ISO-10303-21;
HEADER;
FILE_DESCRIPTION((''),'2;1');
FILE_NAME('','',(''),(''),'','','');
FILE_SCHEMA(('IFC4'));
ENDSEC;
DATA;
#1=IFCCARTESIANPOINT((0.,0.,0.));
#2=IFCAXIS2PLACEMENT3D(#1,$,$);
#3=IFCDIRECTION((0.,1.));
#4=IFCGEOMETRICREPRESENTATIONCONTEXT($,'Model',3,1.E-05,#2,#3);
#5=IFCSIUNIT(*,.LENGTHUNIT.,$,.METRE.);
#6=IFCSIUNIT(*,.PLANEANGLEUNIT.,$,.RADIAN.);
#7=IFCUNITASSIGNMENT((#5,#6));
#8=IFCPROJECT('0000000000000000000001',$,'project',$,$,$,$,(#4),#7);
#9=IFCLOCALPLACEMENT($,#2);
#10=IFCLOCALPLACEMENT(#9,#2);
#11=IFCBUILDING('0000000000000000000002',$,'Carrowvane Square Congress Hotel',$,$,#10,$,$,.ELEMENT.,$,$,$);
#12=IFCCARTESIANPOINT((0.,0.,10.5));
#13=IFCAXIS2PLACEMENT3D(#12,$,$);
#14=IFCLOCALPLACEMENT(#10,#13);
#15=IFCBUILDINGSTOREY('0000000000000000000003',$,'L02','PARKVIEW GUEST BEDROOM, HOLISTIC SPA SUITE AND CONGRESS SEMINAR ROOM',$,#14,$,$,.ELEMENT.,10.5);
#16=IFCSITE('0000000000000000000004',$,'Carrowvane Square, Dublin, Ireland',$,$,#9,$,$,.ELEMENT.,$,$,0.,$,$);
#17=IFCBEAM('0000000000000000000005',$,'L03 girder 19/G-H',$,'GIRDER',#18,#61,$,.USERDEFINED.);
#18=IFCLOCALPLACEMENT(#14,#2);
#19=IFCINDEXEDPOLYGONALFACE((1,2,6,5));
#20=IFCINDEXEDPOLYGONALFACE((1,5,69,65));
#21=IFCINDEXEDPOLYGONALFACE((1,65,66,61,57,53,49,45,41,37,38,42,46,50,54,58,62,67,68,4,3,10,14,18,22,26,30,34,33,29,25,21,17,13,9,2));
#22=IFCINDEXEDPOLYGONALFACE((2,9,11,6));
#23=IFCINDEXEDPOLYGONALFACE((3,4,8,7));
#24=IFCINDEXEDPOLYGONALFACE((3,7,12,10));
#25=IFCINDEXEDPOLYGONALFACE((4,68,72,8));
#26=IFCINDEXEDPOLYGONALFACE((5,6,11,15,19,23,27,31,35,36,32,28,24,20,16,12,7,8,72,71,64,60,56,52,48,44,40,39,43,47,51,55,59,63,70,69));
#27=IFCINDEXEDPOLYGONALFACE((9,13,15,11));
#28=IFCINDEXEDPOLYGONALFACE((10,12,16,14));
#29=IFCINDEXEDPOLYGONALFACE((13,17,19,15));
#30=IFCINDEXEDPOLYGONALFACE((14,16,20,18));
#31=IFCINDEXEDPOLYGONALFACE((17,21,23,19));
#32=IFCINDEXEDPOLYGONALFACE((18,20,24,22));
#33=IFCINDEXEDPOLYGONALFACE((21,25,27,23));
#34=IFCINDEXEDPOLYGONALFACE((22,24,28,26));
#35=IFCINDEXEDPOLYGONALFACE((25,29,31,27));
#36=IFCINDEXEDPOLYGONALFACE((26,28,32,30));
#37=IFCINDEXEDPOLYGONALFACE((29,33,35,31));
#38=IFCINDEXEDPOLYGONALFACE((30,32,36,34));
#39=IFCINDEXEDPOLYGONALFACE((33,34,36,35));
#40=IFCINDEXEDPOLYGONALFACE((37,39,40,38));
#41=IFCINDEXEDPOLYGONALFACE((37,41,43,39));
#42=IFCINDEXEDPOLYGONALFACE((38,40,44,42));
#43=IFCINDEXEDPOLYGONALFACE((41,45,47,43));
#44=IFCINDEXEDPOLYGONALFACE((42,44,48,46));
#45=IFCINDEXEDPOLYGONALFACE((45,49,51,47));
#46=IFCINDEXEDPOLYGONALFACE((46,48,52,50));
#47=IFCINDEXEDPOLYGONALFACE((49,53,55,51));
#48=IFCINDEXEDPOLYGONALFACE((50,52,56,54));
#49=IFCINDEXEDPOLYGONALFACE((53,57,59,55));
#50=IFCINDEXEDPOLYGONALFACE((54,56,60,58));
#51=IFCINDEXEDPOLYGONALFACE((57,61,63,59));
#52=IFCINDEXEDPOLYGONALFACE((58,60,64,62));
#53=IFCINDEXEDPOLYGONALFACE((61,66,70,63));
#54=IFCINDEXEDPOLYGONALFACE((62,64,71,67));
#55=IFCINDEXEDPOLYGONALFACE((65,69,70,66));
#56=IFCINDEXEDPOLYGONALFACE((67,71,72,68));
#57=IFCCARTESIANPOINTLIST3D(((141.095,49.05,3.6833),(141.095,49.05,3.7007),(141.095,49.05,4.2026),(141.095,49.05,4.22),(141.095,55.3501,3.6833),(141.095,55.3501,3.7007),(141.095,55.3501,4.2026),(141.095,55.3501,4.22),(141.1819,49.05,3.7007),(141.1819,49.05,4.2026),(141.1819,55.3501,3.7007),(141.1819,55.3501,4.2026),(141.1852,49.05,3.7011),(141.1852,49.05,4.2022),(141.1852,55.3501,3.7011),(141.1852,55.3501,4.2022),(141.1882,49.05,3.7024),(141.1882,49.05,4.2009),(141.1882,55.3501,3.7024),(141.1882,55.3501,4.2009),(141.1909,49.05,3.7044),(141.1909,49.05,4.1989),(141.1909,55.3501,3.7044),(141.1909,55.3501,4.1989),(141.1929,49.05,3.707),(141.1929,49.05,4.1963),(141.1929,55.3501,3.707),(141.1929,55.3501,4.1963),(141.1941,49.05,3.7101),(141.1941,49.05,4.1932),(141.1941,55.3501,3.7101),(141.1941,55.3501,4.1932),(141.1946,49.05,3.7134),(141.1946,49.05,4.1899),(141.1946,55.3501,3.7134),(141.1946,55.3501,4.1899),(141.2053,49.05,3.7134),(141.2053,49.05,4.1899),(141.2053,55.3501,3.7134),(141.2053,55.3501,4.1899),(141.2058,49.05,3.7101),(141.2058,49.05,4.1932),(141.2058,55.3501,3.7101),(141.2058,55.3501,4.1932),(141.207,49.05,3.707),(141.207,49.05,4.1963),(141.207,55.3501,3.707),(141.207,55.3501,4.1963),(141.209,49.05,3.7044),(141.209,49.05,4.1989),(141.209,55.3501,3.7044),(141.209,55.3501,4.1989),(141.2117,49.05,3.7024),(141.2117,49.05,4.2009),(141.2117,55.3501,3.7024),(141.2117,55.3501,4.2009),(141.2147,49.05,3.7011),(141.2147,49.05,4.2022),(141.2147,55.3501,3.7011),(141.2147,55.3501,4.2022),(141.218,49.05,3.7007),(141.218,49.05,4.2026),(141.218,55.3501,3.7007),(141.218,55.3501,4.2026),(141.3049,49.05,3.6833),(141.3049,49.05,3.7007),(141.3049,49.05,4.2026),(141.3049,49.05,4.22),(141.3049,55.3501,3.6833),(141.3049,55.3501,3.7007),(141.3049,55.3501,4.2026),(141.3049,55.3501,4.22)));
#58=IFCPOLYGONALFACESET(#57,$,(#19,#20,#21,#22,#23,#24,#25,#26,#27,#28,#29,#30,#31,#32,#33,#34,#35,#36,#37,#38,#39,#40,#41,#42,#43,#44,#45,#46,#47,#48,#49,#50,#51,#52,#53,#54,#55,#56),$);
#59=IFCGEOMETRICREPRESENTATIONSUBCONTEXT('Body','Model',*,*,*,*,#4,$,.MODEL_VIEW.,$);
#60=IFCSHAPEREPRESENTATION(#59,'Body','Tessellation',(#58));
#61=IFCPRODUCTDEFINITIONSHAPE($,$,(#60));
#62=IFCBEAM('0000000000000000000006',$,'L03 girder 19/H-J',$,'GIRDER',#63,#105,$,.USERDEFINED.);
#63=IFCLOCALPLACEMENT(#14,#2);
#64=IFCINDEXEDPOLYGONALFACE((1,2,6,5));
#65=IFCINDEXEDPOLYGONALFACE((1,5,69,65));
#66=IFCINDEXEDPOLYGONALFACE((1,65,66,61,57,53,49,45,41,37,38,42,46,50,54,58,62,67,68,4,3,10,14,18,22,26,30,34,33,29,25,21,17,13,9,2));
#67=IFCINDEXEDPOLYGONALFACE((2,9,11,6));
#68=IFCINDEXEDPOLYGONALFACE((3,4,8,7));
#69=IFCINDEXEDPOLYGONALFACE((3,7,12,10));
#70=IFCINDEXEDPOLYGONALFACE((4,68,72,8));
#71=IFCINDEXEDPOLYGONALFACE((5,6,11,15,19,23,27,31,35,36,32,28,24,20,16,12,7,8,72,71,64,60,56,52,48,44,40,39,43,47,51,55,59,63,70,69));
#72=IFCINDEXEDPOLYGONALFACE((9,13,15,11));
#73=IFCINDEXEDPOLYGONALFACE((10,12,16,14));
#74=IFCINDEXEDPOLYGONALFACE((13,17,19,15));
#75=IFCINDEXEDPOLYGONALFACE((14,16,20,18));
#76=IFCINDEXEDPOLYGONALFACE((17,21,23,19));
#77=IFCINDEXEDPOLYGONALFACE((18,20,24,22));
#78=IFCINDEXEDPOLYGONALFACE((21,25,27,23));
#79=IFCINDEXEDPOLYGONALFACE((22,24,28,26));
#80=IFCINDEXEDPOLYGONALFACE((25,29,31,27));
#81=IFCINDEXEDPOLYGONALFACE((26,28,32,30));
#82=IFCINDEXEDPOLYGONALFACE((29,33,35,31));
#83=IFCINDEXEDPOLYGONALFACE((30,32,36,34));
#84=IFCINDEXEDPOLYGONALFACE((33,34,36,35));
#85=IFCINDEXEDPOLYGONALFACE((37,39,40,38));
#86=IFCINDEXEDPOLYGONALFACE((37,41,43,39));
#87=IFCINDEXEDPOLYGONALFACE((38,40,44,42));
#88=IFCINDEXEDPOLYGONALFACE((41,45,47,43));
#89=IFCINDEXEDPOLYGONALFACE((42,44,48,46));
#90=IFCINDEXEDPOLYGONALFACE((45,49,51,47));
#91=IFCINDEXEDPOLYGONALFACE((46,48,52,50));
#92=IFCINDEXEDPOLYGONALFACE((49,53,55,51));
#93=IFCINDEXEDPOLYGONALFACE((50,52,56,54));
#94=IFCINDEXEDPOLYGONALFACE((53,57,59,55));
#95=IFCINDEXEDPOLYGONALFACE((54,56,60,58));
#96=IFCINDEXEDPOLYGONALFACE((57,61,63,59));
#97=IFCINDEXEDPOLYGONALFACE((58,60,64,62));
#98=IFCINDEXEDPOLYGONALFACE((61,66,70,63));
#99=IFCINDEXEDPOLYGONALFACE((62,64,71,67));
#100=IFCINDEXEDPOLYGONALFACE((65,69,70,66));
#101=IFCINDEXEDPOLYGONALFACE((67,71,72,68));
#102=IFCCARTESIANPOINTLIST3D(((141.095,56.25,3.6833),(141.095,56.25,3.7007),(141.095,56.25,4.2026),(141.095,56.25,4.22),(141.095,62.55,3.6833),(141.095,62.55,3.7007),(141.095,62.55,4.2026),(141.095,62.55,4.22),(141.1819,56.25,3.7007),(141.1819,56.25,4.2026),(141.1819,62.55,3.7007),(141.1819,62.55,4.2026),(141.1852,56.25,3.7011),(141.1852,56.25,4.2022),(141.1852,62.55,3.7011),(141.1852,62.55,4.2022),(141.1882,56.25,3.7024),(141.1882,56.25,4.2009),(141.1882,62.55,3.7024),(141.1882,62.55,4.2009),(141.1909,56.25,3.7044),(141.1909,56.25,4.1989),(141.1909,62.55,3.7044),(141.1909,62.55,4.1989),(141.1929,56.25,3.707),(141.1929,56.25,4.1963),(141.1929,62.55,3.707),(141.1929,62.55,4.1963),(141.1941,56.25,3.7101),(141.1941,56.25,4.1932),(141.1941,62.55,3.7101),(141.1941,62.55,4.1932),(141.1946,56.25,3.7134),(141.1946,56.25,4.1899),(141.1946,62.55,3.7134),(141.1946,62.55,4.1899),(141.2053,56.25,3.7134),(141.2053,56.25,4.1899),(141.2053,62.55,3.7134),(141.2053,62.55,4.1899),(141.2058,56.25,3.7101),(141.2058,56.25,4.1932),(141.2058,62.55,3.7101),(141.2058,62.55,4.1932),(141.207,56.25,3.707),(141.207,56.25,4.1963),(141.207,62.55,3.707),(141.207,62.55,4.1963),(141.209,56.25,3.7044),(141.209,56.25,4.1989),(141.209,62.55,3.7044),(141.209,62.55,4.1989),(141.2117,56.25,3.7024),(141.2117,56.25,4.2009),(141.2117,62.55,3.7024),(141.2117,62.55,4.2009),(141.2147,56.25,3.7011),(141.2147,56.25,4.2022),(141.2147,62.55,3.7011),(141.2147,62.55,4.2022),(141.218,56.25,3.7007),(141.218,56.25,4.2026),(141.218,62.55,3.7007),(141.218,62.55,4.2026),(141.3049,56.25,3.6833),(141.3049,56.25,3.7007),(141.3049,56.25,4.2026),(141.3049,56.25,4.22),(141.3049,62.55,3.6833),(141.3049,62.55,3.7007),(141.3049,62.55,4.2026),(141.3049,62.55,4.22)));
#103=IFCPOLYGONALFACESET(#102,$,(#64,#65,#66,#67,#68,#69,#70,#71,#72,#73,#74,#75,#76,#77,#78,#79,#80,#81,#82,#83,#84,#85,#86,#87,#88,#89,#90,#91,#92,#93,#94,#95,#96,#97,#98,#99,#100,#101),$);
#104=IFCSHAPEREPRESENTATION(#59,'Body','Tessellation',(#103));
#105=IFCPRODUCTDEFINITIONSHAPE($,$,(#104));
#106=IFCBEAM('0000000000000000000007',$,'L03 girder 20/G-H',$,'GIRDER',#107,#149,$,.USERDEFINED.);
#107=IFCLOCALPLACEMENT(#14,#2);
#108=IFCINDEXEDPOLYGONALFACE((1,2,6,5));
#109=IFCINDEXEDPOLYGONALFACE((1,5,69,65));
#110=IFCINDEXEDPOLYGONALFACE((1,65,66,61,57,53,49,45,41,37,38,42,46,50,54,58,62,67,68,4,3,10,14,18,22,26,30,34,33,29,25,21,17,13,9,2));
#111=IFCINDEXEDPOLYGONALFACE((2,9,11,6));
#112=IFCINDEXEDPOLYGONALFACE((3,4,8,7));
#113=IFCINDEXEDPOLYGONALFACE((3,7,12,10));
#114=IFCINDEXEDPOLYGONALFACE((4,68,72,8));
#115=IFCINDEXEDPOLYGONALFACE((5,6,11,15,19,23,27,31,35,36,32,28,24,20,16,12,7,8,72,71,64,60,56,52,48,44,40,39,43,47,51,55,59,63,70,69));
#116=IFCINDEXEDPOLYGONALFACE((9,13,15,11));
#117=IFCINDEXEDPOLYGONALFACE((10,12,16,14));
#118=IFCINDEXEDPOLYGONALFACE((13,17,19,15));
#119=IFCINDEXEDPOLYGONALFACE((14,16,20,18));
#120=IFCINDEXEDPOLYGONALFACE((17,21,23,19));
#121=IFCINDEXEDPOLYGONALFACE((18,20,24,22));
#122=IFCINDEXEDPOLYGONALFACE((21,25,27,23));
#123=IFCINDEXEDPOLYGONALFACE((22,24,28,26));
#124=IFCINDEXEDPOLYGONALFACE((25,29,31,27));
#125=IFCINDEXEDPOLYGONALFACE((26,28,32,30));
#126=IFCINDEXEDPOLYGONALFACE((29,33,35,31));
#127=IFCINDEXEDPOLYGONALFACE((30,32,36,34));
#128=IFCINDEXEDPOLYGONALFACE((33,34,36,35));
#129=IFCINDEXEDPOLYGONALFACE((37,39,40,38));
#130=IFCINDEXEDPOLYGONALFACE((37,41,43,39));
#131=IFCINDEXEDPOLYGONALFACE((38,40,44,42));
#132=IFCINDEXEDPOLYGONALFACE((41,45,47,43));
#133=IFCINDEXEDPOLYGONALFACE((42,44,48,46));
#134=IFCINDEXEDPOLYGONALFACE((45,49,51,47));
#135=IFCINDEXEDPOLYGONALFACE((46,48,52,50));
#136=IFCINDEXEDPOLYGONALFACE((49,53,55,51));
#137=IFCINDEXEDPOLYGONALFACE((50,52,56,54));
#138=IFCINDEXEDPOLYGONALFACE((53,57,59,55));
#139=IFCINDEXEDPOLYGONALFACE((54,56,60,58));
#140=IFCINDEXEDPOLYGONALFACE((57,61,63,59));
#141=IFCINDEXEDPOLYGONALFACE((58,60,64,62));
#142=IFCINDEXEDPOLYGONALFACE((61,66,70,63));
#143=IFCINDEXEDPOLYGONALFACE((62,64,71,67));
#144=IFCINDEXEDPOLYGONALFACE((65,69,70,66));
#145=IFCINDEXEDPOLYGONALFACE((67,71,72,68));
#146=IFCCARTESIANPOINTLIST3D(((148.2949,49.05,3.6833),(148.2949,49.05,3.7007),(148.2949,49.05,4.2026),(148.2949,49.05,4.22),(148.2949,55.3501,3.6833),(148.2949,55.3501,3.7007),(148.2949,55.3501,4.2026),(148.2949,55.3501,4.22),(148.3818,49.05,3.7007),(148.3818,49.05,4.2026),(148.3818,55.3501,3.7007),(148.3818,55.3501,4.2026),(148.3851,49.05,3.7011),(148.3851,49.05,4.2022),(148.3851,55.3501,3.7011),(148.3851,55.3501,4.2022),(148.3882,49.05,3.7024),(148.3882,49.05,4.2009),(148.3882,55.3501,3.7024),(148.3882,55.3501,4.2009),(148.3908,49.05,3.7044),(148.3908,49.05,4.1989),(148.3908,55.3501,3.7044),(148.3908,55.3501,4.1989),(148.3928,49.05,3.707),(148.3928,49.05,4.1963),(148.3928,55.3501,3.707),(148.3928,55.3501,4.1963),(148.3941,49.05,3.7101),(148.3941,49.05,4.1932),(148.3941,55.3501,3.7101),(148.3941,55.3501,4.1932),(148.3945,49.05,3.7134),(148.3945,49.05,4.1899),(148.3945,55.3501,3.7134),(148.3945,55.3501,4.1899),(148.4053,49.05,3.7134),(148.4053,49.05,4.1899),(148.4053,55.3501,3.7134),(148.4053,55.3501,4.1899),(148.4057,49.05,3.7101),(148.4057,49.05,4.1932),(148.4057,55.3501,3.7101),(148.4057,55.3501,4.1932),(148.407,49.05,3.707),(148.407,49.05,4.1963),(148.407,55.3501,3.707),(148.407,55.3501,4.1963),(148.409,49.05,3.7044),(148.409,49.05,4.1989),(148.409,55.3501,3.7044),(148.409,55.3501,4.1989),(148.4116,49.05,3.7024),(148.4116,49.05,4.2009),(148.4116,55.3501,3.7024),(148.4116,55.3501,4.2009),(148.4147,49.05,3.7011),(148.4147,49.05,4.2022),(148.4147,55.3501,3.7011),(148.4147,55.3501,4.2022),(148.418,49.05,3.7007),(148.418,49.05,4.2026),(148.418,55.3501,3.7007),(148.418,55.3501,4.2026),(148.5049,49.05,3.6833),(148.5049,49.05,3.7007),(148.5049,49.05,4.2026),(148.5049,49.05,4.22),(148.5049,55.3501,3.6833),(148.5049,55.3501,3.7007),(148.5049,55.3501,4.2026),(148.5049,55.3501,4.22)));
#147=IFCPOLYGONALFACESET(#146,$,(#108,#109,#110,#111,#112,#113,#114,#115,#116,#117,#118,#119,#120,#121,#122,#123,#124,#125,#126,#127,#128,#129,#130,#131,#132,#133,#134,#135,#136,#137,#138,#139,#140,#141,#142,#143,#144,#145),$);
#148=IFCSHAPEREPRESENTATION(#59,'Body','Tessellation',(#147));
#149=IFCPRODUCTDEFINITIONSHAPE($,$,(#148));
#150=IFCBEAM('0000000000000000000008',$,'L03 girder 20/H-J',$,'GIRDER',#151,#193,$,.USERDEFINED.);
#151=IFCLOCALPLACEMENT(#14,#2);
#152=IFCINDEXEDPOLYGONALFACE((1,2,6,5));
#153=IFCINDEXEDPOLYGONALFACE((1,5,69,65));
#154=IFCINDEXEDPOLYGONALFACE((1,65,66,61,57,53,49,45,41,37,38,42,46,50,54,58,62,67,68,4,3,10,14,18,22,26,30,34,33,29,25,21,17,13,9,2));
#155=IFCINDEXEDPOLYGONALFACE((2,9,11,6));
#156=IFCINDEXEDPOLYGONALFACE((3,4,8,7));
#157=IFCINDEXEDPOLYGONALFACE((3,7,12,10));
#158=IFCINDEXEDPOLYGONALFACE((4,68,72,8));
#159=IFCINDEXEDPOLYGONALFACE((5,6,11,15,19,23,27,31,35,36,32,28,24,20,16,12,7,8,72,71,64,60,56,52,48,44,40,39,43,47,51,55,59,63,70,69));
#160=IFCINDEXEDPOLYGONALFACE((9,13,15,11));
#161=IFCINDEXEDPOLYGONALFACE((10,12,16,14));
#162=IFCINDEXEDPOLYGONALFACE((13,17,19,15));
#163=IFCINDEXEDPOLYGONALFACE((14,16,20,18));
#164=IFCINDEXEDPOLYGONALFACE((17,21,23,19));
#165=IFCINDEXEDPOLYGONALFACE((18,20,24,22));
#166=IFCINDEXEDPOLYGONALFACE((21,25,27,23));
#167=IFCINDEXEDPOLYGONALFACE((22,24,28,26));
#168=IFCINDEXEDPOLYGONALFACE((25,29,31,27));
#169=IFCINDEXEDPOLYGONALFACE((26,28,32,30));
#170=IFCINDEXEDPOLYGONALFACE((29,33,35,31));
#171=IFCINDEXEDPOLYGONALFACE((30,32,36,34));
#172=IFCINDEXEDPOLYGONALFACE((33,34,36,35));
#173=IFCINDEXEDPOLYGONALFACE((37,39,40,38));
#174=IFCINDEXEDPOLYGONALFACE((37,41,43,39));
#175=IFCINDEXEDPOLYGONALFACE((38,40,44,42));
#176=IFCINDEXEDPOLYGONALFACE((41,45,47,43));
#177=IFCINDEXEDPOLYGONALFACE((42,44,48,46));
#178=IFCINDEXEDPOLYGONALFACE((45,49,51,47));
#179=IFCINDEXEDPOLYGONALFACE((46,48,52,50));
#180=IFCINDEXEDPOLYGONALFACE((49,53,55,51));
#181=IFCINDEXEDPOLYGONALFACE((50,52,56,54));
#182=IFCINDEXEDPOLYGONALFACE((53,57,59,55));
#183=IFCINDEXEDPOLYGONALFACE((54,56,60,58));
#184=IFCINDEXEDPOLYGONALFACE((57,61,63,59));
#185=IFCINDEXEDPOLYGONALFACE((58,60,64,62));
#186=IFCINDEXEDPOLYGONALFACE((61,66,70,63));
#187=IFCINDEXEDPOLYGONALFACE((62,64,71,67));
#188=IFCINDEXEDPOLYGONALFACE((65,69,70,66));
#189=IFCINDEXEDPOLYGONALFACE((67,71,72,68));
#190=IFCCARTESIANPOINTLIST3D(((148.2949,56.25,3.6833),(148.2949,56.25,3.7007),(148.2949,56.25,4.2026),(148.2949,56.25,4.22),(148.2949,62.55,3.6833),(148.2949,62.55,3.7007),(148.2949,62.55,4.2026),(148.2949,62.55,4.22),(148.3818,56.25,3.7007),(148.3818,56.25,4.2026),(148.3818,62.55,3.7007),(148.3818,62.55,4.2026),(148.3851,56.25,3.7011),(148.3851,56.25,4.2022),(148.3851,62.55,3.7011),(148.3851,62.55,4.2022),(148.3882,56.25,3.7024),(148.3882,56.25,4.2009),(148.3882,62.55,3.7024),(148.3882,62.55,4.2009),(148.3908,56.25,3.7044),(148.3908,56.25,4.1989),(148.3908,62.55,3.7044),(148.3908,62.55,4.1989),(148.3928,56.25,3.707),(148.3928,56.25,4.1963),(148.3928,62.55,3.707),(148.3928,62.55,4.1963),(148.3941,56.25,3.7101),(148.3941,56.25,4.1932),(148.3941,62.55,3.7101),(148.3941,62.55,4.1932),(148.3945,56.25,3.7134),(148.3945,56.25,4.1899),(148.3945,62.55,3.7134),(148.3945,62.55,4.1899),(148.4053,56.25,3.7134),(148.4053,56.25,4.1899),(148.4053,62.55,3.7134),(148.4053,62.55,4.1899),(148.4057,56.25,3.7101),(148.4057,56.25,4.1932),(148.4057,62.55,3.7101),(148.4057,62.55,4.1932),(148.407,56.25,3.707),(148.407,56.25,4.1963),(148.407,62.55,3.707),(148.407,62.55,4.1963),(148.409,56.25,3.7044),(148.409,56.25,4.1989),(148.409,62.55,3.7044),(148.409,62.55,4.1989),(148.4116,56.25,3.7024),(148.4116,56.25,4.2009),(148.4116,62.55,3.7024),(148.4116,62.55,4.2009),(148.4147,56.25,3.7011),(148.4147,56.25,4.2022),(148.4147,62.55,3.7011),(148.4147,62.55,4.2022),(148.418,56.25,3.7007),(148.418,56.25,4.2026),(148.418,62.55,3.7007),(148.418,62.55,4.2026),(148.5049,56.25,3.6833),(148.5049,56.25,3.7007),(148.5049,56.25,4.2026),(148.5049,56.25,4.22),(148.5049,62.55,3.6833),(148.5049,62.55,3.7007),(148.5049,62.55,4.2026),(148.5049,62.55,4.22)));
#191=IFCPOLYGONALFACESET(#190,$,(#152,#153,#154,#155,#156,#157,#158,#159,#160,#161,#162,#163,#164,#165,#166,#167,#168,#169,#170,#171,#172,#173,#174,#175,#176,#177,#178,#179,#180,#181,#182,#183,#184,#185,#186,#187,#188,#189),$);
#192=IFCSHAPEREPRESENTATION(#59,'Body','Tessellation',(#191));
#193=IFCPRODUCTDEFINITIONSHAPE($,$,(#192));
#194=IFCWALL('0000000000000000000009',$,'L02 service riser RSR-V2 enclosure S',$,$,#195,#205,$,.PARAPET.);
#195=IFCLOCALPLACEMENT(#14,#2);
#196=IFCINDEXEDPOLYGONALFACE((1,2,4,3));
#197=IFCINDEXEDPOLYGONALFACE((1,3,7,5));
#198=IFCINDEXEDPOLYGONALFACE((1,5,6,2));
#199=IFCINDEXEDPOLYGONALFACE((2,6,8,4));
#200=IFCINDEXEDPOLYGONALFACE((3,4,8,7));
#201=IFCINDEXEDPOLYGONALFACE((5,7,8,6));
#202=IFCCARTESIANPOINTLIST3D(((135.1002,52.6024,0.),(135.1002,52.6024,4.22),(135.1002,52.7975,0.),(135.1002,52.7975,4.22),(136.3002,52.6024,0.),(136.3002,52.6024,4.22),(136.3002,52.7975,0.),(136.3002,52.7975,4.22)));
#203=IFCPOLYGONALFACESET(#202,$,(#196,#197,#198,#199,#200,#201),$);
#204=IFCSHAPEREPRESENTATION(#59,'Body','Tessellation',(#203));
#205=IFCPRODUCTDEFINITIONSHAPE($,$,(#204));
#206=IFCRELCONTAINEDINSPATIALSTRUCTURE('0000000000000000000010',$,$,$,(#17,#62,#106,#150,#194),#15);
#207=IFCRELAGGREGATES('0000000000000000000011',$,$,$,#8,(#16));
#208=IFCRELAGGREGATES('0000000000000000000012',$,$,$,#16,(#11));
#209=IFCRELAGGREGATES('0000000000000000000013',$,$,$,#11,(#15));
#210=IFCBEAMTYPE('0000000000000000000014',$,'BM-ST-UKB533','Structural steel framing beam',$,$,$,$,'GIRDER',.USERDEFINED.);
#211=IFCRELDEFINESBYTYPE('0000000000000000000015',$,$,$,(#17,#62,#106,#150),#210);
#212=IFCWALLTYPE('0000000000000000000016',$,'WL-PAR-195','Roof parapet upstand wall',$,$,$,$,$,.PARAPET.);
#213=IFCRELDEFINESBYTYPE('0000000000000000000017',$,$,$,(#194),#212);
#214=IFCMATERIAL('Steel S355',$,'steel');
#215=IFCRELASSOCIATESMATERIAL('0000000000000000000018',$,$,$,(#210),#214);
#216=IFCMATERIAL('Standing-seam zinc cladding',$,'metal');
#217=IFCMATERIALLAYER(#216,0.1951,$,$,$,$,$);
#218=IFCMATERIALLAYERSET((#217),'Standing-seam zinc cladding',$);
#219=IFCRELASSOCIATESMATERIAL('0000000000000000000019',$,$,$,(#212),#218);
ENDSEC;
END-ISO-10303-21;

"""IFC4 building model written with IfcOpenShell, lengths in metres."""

from ifc_helpers import new_model, si_unit, direction, frame, frame_2d, origin, origin_2d, place, context, subcontext, project, spatial, rectangle, i_section, extrude, material, layer, layer_set, material_profile, profile_set, type_object, element, save


model = new_model("IFC4")

# Units and contexts
model_context = context("Model", 3, precision=1e-05, world=origin(), true_north=direction((0.0, 1.0)))
body_context = subcontext(model_context, "Body", "Model", "MODEL_VIEW")
ifc_project = project(units=[si_unit("LENGTHUNIT", "METRE"), si_unit("PLANEANGLEUNIT", "RADIAN")], contexts=[model_context])

# Site, building, storey
site_placement = place(None, origin())
site = spatial("IfcSite", under=ifc_project, at=site_placement, Name="Carrowvane Square, Dublin, Ireland", CompositionType="ELEMENT", RefElevation=0.0)
building_placement = place(site_placement, origin())
building = spatial("IfcBuilding", under=site, at=building_placement, Name="Carrowvane Square Congress Hotel", CompositionType="ELEMENT")
storey_placement = place(building_placement, frame((0.0, 0.0, 10.5)))
storey = spatial("IfcBuildingStorey", under=building, at=storey_placement, Name="L02", Description="PARKVIEW GUEST BEDROOM, HOLISTIC SPA SUITE AND CONGRESS SEMINAR ROOM", CompositionType="ELEMENT", Elevation=10.5)

# Beams
ifc_material_1 = material(Name="Steel S355", Category="steel")
ifc_material_profile_1 = material_profile(ifc_material_1, i_section(OverallWidth=0.21, OverallDepth=0.5366, WebThickness=0.0107, FlangeThickness=0.0173, FilletRadius=0.0127, at=origin_2d()), Name="UKB 533x210x101")
ifc_profile_set_1 = profile_set([ifc_material_profile_1], Name="Steel S355")
beam_type_1 = type_object("IfcBeamType", Name="BM-ST-UKB533", Description="Structural steel framing beam", ElementType="GIRDER", PredefinedType="USERDEFINED", material=ifc_profile_set_1)
for number, where, z_axis, x_axis, name in (
    (1, (141.2, 49.05, 3.9517), (0.0, 1.0, 0.0), (-1.0, 0.0, 0.0), "L03 girder 19/G-H"),
    (2, (141.2, 56.25, 3.9517), (0.0, 1.0, 0.0), (-1.0, 0.0, 0.0), "L03 girder 19/H-J"),
    (3, (148.3999, 49.05, 3.9517), (0.0, 1.0, 0.0), (-1.0, 0.0, 0.0), "L03 girder 20/G-H"),
    (4, (148.3999, 56.25, 3.9517), (0.0, 1.0, 0.0), (-1.0, 0.0, 0.0), "L03 girder 20/H-J"),
):
    element("IfcBeam", number, at=place(storey_placement, frame(where, z_axis=z_axis, x_axis=x_axis)), inside=storey, type_object=beam_type_1, Name=name, ObjectType="GIRDER", PredefinedType="USERDEFINED", context=body_context, shape_type="SweptSolid", body=[
        extrude(i_section(OverallWidth=0.21, OverallDepth=0.5366, WebThickness=0.0107, FlangeThickness=0.0173, FilletRadius=0.0127, at=origin_2d()), origin(), (0.0, 0.0, 1.0), 6.3),
    ])

# Wall
ifc_material_2 = material(Name="Standing-seam zinc cladding", Category="metal")
ifc_layer_1 = layer(ifc_material_2, 0.1951)
ifc_layer_set_1 = layer_set([ifc_layer_1], Name="Standing-seam zinc cladding")
wall_type_1 = type_object("IfcWallType", Name="WL-PAR-195", Description="Roof parapet upstand wall", PredefinedType="PARAPET", material=ifc_layer_set_1)
for number, where, z_axis, x_axis, name in (
    (5, (135.1001, 52.7, 0.0), (0.0, 0.0, 1.0), (1.0, 0.0, 0.0), "L02 service riser RSR-V2 enclosure S"),
):
    element("IfcWall", number, at=place(storey_placement, frame(where, z_axis=z_axis, x_axis=x_axis)), inside=storey, type_object=wall_type_1, Name=name, PredefinedType="PARAPET", context=body_context, shape_type="SweptSolid", body=[
        extrude(rectangle(XDim=1.2, YDim=0.1951, at=frame_2d((0.6001, 0.0))), origin(), (0.0, 0.0, 1.0), 4.22),
    ])

save(model, "model.ifc")
